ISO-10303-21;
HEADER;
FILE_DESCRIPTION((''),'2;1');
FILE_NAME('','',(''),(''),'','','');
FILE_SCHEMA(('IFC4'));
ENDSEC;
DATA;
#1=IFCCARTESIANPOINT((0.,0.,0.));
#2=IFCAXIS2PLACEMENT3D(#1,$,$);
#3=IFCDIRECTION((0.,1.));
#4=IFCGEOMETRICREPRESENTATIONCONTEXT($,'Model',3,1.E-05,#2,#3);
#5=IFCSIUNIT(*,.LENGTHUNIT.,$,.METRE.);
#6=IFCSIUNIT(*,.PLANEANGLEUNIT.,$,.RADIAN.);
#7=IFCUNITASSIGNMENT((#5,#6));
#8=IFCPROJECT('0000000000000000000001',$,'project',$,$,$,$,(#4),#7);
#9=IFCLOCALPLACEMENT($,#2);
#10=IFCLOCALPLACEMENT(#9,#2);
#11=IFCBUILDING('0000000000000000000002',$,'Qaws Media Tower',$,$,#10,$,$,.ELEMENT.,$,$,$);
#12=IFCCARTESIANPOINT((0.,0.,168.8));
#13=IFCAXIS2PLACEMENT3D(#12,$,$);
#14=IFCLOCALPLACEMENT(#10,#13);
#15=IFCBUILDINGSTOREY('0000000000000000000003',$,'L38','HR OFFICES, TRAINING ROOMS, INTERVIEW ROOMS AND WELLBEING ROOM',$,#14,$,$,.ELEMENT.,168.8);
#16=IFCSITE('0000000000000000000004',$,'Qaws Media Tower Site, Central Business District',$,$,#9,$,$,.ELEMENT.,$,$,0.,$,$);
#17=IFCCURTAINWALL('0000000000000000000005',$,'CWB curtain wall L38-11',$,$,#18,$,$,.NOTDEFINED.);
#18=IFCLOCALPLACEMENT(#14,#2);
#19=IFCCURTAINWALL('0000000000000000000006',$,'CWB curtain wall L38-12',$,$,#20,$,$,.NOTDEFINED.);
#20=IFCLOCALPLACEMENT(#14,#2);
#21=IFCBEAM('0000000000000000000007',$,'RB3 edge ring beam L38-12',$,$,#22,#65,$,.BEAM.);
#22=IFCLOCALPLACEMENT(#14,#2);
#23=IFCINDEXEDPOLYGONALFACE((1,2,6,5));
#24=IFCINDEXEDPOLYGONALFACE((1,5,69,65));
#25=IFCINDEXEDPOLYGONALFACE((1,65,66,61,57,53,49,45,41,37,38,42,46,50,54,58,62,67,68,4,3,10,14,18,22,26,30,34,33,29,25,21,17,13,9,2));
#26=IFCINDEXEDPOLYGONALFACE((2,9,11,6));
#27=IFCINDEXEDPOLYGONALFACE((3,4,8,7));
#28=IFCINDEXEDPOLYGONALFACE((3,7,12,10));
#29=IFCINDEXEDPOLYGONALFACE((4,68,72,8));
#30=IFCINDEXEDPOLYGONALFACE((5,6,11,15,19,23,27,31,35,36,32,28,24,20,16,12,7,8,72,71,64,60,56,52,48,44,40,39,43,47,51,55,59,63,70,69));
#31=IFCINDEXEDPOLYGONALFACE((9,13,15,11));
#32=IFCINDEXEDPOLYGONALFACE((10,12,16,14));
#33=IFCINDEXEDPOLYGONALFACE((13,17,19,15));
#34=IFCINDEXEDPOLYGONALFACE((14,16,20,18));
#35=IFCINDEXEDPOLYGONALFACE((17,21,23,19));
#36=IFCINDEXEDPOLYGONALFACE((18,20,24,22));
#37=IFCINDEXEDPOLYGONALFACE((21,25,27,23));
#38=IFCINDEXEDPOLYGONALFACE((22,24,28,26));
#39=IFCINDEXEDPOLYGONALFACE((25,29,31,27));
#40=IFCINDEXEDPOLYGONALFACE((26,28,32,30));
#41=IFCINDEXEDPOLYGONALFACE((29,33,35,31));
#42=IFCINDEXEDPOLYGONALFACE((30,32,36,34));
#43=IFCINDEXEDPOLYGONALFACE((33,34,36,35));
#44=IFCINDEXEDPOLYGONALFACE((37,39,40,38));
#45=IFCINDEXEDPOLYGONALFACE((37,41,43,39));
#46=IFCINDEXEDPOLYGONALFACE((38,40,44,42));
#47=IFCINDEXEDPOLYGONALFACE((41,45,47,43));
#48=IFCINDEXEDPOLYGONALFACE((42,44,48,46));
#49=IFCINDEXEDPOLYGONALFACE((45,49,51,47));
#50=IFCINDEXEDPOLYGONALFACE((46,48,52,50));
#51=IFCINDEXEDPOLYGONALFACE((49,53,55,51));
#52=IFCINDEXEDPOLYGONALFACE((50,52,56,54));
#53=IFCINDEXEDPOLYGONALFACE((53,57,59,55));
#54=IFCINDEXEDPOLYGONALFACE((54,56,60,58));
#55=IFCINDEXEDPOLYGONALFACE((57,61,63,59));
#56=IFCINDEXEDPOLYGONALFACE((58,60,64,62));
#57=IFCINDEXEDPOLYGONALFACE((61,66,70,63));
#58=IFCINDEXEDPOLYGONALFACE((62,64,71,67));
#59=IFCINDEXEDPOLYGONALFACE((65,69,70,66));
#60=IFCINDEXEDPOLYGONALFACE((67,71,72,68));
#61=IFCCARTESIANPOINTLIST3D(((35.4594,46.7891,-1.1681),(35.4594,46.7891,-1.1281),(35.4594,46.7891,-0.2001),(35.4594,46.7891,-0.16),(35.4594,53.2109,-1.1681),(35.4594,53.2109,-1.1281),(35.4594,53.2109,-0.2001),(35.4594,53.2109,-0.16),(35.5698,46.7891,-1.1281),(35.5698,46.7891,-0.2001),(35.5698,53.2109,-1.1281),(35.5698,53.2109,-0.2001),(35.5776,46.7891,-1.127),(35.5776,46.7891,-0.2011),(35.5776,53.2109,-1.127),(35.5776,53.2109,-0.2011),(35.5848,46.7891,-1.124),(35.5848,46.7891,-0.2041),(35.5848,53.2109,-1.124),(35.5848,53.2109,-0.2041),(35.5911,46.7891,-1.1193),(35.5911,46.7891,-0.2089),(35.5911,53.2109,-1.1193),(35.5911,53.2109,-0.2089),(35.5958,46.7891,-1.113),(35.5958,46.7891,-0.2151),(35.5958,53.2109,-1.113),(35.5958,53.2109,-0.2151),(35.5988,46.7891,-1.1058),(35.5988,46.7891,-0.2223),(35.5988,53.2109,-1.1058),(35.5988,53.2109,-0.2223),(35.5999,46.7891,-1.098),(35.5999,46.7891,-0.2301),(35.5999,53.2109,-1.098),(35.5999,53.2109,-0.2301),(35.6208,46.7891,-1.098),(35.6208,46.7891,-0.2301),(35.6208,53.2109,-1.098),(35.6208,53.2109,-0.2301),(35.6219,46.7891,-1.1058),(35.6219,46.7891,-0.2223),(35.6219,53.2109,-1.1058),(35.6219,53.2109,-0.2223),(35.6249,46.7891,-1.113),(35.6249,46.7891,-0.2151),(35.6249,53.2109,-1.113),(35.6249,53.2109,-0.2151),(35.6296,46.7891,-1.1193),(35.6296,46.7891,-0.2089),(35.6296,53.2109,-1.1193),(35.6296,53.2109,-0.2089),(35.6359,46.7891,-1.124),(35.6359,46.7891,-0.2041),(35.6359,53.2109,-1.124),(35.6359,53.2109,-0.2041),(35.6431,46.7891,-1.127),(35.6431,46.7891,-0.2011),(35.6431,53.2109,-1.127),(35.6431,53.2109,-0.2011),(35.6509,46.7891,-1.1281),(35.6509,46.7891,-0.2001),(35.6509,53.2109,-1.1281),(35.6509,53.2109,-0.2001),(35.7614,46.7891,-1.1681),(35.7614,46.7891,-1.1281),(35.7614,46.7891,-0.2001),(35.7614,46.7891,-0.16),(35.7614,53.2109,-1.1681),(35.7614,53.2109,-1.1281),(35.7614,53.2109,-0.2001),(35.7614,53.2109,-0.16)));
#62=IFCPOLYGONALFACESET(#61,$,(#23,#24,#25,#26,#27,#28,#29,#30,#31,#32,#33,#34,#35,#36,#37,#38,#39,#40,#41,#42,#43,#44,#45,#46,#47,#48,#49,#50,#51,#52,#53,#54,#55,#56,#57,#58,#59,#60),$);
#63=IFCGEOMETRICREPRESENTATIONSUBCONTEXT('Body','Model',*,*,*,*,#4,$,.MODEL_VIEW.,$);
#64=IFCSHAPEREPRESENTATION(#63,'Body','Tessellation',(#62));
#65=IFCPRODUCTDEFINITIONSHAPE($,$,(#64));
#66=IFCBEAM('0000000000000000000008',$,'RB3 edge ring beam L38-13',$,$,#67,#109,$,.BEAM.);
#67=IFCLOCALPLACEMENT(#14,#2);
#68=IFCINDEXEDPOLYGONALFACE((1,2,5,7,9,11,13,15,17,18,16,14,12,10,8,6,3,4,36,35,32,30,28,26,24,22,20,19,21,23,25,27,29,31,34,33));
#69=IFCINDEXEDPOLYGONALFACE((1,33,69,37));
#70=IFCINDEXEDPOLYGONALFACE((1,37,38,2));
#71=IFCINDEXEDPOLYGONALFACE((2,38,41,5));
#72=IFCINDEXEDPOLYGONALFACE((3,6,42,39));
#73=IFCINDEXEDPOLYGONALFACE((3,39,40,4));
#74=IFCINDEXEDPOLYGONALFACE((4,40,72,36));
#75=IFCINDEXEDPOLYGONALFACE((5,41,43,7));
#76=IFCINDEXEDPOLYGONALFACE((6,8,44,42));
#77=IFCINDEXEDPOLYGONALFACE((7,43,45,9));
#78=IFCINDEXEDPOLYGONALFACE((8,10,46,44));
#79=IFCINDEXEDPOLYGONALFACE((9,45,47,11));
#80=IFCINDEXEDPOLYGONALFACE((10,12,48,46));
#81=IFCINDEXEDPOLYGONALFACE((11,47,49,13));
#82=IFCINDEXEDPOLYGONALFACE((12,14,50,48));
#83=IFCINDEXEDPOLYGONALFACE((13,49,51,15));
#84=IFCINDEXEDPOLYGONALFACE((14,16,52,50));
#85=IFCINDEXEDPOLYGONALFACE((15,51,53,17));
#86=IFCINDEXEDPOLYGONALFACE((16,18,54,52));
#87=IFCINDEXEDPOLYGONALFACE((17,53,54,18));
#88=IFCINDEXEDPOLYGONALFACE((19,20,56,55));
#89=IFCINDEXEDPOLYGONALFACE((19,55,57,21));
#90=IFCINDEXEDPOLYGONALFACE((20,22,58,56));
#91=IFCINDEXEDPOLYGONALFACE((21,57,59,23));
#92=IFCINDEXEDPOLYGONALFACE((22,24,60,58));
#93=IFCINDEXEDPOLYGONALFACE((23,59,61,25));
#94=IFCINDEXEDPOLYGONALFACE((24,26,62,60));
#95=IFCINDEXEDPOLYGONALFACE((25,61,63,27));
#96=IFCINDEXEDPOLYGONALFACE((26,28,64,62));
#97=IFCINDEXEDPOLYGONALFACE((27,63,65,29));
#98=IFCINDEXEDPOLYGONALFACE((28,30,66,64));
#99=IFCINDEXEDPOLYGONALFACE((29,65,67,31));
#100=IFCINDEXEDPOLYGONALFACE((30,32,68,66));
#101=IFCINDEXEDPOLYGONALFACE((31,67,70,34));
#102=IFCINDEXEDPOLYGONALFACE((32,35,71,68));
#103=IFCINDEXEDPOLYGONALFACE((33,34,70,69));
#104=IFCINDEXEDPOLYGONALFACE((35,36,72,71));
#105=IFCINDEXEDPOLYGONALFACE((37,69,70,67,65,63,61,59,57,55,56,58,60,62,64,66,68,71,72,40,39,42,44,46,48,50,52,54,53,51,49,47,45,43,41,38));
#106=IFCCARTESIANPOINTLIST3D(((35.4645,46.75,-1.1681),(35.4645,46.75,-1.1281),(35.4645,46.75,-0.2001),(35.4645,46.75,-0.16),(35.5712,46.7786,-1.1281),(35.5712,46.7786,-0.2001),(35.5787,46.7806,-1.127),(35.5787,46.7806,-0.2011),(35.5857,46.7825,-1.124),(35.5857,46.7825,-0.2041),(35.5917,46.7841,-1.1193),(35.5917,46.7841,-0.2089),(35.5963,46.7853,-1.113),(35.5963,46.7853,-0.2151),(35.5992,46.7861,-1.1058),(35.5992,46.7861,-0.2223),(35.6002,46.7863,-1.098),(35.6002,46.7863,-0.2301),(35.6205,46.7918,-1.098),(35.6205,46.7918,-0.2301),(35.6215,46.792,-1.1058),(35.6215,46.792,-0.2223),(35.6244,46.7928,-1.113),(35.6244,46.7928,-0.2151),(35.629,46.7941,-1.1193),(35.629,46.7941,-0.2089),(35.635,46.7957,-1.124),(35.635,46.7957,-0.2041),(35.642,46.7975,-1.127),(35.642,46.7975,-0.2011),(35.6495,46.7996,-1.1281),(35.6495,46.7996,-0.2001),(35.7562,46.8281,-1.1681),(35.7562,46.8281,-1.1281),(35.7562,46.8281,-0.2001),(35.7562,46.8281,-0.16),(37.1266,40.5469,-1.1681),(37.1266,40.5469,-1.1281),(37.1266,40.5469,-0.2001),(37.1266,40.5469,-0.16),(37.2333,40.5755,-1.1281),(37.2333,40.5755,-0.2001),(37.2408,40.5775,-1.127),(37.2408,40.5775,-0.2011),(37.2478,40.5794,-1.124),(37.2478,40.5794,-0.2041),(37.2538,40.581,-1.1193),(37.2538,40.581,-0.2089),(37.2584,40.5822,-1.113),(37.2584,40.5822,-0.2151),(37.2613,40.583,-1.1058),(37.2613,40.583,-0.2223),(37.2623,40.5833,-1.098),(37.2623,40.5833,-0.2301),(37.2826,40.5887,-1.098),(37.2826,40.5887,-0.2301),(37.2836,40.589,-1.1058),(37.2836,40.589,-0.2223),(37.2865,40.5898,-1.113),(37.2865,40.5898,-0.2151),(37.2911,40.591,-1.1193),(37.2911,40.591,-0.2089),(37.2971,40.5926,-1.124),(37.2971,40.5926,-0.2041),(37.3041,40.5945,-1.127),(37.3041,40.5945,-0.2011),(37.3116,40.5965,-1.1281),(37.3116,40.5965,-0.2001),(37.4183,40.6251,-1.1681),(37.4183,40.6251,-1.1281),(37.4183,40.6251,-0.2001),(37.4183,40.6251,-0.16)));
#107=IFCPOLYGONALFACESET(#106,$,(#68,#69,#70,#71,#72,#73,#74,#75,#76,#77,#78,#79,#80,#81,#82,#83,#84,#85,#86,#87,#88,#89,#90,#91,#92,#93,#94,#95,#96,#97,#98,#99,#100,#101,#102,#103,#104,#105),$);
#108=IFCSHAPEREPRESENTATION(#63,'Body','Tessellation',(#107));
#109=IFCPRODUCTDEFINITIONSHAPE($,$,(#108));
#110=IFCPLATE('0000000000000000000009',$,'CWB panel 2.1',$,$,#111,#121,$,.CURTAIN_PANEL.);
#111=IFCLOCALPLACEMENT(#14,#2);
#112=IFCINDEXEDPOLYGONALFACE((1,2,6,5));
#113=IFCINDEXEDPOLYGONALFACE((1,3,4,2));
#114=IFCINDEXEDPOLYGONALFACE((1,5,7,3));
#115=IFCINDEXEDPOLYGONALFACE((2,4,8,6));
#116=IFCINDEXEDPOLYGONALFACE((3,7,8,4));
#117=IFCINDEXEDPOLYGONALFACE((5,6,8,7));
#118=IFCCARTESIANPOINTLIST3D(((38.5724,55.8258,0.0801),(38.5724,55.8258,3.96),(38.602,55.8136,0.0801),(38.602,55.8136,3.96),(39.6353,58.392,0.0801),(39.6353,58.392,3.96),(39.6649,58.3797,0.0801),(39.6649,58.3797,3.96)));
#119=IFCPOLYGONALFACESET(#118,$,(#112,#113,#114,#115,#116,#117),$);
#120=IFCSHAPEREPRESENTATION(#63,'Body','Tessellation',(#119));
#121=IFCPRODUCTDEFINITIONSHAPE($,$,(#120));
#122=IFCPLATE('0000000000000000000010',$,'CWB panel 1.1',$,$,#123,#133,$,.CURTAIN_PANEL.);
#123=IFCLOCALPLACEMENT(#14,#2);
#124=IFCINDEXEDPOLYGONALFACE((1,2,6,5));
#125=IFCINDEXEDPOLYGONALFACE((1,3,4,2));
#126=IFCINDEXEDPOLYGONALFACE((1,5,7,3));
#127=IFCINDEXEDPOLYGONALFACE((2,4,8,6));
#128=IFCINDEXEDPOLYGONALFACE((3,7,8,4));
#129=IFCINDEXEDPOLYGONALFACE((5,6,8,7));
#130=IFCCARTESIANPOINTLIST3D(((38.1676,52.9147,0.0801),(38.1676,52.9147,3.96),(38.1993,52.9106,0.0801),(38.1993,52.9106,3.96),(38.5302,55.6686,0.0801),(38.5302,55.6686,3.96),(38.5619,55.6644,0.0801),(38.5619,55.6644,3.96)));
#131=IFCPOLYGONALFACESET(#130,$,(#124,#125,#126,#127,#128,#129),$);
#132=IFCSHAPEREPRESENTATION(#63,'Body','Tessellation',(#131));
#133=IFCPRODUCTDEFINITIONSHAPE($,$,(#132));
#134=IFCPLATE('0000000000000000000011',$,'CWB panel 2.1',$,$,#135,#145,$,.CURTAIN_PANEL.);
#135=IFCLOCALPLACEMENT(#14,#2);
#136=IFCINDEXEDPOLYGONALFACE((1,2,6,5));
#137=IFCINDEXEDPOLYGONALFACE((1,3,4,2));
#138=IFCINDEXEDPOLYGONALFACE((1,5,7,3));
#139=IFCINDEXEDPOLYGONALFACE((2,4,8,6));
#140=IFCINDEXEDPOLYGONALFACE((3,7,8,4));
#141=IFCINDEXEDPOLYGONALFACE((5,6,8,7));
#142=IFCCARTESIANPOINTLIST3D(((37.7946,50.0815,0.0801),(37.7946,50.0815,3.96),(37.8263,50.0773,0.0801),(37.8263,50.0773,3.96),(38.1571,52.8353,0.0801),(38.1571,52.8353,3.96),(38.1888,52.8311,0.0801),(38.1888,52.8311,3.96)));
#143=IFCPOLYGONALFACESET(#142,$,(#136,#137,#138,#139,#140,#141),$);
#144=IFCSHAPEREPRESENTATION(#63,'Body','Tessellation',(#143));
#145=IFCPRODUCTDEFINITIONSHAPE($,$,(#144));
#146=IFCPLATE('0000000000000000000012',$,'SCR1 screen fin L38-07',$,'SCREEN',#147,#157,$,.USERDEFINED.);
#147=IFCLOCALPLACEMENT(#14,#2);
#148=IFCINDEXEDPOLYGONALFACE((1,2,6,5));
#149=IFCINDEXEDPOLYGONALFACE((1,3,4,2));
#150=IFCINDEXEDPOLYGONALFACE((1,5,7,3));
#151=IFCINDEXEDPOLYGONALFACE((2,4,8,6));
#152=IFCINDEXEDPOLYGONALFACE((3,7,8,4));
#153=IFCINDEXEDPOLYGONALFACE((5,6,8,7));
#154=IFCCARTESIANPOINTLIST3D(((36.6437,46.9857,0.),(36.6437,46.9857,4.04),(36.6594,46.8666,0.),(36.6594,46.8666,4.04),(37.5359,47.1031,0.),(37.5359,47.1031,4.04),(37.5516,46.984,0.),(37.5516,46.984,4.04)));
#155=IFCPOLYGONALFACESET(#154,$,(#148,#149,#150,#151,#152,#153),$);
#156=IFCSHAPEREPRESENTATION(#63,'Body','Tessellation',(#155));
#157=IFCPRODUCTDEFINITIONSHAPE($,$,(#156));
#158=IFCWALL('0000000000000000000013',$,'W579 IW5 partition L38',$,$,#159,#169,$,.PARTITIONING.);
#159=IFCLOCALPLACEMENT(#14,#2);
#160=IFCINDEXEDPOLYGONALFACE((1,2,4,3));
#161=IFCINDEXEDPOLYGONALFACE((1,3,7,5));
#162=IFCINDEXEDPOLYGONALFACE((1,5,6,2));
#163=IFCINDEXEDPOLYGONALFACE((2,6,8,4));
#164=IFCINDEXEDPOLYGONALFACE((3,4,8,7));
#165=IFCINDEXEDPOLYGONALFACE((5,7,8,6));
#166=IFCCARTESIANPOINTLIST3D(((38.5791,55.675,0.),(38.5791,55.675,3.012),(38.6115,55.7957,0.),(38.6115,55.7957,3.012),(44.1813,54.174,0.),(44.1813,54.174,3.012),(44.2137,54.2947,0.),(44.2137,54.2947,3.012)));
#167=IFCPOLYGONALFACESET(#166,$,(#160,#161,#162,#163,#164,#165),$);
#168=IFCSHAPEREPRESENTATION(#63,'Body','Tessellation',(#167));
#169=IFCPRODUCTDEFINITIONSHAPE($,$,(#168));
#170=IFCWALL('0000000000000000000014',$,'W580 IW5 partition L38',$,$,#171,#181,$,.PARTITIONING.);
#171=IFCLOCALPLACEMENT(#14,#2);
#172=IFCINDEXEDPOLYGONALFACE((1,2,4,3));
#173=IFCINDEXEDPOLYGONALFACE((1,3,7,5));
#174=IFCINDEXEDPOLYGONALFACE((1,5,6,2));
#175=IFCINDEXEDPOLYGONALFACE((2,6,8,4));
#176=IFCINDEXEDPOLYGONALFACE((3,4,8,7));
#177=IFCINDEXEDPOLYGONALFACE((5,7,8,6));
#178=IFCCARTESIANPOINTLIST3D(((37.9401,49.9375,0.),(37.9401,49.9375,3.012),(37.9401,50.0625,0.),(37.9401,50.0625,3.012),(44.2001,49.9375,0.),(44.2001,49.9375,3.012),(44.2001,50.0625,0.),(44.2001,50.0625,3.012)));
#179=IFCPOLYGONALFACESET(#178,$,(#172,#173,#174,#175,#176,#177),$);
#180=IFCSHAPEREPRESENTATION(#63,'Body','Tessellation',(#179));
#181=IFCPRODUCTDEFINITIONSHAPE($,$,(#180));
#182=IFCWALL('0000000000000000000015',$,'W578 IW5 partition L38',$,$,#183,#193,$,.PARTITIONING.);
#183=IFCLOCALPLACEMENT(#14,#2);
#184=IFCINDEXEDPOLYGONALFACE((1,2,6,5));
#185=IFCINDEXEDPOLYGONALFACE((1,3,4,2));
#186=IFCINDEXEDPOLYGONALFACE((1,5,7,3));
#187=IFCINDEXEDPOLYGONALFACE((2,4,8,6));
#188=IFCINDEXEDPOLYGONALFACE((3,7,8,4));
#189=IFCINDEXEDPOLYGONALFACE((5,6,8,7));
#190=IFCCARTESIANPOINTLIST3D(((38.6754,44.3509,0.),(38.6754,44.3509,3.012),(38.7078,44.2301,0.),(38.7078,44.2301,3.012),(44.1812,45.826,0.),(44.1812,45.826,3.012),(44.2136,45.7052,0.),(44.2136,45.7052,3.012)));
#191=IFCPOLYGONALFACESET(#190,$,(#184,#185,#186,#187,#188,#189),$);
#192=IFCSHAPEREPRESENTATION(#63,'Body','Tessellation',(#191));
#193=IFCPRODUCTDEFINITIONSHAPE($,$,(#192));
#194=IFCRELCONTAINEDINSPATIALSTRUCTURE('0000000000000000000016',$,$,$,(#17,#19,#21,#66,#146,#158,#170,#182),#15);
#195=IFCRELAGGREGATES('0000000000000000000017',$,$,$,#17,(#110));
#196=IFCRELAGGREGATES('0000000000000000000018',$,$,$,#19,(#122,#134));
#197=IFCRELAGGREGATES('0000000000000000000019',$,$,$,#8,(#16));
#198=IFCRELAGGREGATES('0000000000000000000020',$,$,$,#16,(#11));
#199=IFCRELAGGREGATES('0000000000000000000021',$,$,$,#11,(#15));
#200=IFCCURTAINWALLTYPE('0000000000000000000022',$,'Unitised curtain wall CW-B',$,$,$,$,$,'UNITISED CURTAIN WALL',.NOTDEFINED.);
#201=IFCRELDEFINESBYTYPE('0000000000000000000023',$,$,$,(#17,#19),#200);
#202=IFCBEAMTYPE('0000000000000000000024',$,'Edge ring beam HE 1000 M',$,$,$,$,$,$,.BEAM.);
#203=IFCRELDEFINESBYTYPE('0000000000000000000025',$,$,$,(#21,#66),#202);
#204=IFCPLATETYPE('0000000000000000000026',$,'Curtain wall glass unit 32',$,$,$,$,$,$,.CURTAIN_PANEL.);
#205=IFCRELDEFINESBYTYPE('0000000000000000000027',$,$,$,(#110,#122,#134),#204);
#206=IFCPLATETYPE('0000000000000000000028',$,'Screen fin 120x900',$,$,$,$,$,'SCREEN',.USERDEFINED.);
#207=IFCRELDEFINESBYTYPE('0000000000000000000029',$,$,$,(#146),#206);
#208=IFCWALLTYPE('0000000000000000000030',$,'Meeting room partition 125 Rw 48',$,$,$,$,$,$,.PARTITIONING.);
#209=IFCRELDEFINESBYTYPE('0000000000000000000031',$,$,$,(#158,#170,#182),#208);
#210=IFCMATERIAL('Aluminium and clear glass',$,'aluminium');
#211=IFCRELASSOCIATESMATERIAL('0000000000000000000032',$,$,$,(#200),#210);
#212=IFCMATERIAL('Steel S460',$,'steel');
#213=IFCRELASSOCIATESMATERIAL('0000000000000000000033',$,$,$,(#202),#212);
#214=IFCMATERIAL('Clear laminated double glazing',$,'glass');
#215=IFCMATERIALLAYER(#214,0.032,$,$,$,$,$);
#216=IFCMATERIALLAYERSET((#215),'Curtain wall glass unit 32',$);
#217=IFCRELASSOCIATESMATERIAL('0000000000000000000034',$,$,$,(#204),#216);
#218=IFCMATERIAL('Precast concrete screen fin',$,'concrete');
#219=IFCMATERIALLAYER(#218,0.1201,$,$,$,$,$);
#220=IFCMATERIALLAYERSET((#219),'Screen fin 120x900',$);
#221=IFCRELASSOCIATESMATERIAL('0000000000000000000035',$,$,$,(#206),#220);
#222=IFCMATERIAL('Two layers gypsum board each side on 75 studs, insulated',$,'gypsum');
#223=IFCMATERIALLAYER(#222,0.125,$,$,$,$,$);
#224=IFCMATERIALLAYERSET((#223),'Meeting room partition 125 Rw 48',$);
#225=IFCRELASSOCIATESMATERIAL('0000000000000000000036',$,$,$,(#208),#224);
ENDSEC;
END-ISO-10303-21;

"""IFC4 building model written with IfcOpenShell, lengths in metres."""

from ifc_helpers import new_model, si_unit, direction, frame, frame_2d, origin, origin_2d, place, context, subcontext, project, spatial, rectangle, i_section, extrude, material, layer, layer_set, material_profile, profile_set, type_object, element, aggregate, save


model = new_model("IFC4")

# Units and contexts
model_context = context("Model", 3, precision=1e-05, world=origin(), true_north=direction((0.0, 1.0)))
body_context = subcontext(model_context, "Body", "Model", "MODEL_VIEW")
ifc_project = project(units=[si_unit("LENGTHUNIT", "METRE"), si_unit("PLANEANGLEUNIT", "RADIAN")], contexts=[model_context])

# Site, building, storey
site_placement = place(None, origin())
site = spatial("IfcSite", under=ifc_project, at=site_placement, Name="Qaws Media Tower Site, Central Business District", CompositionType="ELEMENT", RefElevation=0.0)
building_placement = place(site_placement, origin())
building = spatial("IfcBuilding", under=site, at=building_placement, Name="Qaws Media Tower", CompositionType="ELEMENT")
storey_placement = place(building_placement, frame((0.0, 0.0, 168.8)))
storey = spatial("IfcBuildingStorey", under=building, at=storey_placement, Name="L38", Description="HR OFFICES, TRAINING ROOMS, INTERVIEW ROOMS AND WELLBEING ROOM", CompositionType="ELEMENT", Elevation=168.8)

# Curtain wall
ifc_material_1 = material(Name="Aluminium and clear glass", Category="aluminium")
curtain_wall_type = type_object("IfcCurtainWallType", Name="Unitised curtain wall CW-B", ElementType="UNITISED CURTAIN WALL", PredefinedType="NOTDEFINED", material=ifc_material_1)
curtain_wall_1_placement = place(storey_placement, origin())
curtain_wall_1 = element("IfcCurtainWall", 1, at=curtain_wall_1_placement, inside=storey, type_object=curtain_wall_type, Name="CWB curtain wall L38-11", PredefinedType="NOTDEFINED")

# Curtain wall
curtain_wall_2_placement = place(storey_placement, origin())
curtain_wall_2 = element("IfcCurtainWall", 2, at=curtain_wall_2_placement, inside=storey, type_object=curtain_wall_type, Name="CWB curtain wall L38-12", PredefinedType="NOTDEFINED")

# Beams
ifc_material_2 = material(Name="Steel S460", Category="steel")
ifc_material_profile_1 = material_profile(ifc_material_2, i_section(OverallWidth=0.302, OverallDepth=1.0081, WebThickness=0.021, FlangeThickness=0.04, FilletRadius=0.03, at=origin_2d()), Name="HE 1000 M")
ifc_profile_set_1 = profile_set([ifc_material_profile_1], Name="Steel S460")
beam_type = type_object("IfcBeamType", Name="Edge ring beam HE 1000 M", PredefinedType="BEAM", material=ifc_profile_set_1)
for number, where, z_axis, x_axis, name in (
    (3, (35.6104, 53.2109, -0.6641), (0.0, -1.0, 0.0), (1.0, 0.0, 0.0), "RB3 edge ring beam L38-12"),
    (4, (35.6104, 46.7891, -0.6641), (0.258817, -0.965926, 0.0), (0.965926, 0.258817, 0.0), "RB3 edge ring beam L38-13"),
):
    element("IfcBeam", number, at=place(storey_placement, frame(where, z_axis=z_axis, x_axis=x_axis)), inside=storey, type_object=beam_type, Name=name, PredefinedType="BEAM", context=body_context, shape_type="SweptSolid", body=[
        extrude(i_section(OverallWidth=0.302, OverallDepth=1.0081, WebThickness=0.021, FlangeThickness=0.04, FilletRadius=0.03, at=origin_2d()), origin(), (0.0, 0.0, 1.0), 6.4219),
    ])

# Plates
ifc_material_3 = material(Name="Clear laminated double glazing", Category="glass")
ifc_layer_1 = layer(ifc_material_3, 0.032)
ifc_layer_set_1 = layer_set([ifc_layer_1], Name="Curtain wall glass unit 32")
plate_type_1 = type_object("IfcPlateType", Name="Curtain wall glass unit 32", PredefinedType="CURTAIN_PANEL", material=ifc_layer_set_1)
plate_1_placement = place(storey_placement, frame((39.1187, 57.1028, 0.0801), z_axis=(0.0, 0.0, 1.0), x_axis=(-0.382683, -0.92388, 0.0)))
plate_1 = element("IfcPlate", 5, at=plate_1_placement, type_object=plate_type_1, Name="CWB panel 2.1", PredefinedType="CURTAIN_PANEL", context=body_context, shape_type="SweptSolid", body=[
    extrude(rectangle(XDim=2.7776, YDim=0.032, at=origin_2d()), origin(), (0.0, 0.0, 1.0), 3.8799),
])
aggregate(curtain_wall_1, [plate_1])
plate_2_placement = place(storey_placement, frame((38.3647, 54.2896, 0.0801), z_axis=(0.0, 0.0, 1.0), x_axis=(-0.130526, -0.991445, 0.0)))
plate_2 = element("IfcPlate", 6, at=plate_2_placement, type_object=plate_type_1, Name="CWB panel 1.1", PredefinedType="CURTAIN_PANEL", context=body_context, shape_type="SweptSolid", body=[
    extrude(rectangle(XDim=2.7776, YDim=0.032, at=origin_2d()), origin(), (0.0, 0.0, 1.0), 3.8799),
])
plate_3_placement = place(storey_placement, frame((37.9917, 51.4563, 0.0801), z_axis=(0.0, 0.0, 1.0), x_axis=(-0.130526, -0.991445, 0.0)))
plate_3 = element("IfcPlate", 7, at=plate_3_placement, type_object=plate_type_1, Name="CWB panel 2.1", PredefinedType="CURTAIN_PANEL", context=body_context, shape_type="SweptSolid", body=[
    extrude(rectangle(XDim=2.7776, YDim=0.032, at=origin_2d()), origin(), (0.0, 0.0, 1.0), 3.8799),
])
aggregate(curtain_wall_2, [plate_2, plate_3])
ifc_material_4 = material(Name="Precast concrete screen fin", Category="concrete")
ifc_layer_2 = layer(ifc_material_4, 0.1201)
ifc_layer_set_2 = layer_set([ifc_layer_2], Name="Screen fin 120x900")
plate_type_2 = type_object("IfcPlateType", Name="Screen fin 120x900", ElementType="SCREEN", PredefinedType="USERDEFINED", material=ifc_layer_set_2)
plate_4_placement = place(storey_placement, frame((37.0977, 46.9849, 0.0), z_axis=(0.0, 0.0, 1.0), x_axis=(-0.991445, -0.130526, 0.0)))
element("IfcPlate", 8, at=plate_4_placement, inside=storey, type_object=plate_type_2, Name="SCR1 screen fin L38-07", ObjectType="SCREEN", PredefinedType="USERDEFINED", context=body_context, shape_type="SweptSolid", body=[
    extrude(rectangle(XDim=0.8999, YDim=0.1201, at=origin_2d()), origin(), (0.0, 0.0, 1.0), 4.04),
])

# Walls
ifc_material_5 = material(Name="Two layers gypsum board each side on 75 studs, insulated", Category="gypsum")
ifc_layer_3 = layer(ifc_material_5, 0.125)
ifc_layer_set_3 = layer_set([ifc_layer_3], Name="Meeting room partition 125 Rw 48")
wall_type_1 = type_object("IfcWallType", Name="Meeting room partition 125 Rw 48", PredefinedType="PARTITIONING", material=ifc_layer_set_3)
wall_1_placement = place(storey_placement, frame((44.1975, 54.2344, 0.0), z_axis=(0.0, 0.0, 1.0), x_axis=(-0.965932, 0.258794, 0.0)))
element("IfcWall", 9, at=wall_1_placement, inside=storey, type_object=wall_type_1, Name="W579 IW5 partition L38", PredefinedType="PARTITIONING", context=body_context, shape_type="SweptSolid", body=[
    extrude(rectangle(XDim=5.7998, YDim=0.125, at=frame_2d((2.8999, 0.0))), origin(), (0.0, 0.0, 1.0), 3.012),
])
wall_2_placement = place(storey_placement, frame((44.2, 50.0, 0.0), z_axis=(0.0, 0.0, 1.0), x_axis=(-1.0, 0.0, 0.0)))
element("IfcWall", 10, at=wall_2_placement, inside=storey, type_object=wall_type_1, Name="W580 IW5 partition L38", PredefinedType="PARTITIONING", context=body_context, shape_type="SweptSolid", body=[
    extrude(rectangle(XDim=6.26, YDim=0.125, at=frame_2d((3.1299, 0.0))), origin(), (0.0, 0.0, 1.0), 3.012),
])
wall_3_placement = place(storey_placement, frame((44.1975, 45.7656, 0.0), z_axis=(0.0, 0.0, 1.0), x_axis=(-0.965934, -0.258787, 0.0)))
element("IfcWall", 11, at=wall_3_placement, inside=storey, type_object=wall_type_1, Name="W578 IW5 partition L38", PredefinedType="PARTITIONING", context=body_context, shape_type="SweptSolid", body=[
    extrude(rectangle(XDim=5.7, YDim=0.125, at=frame_2d((2.8501, 0.0))), origin(), (0.0, 0.0, 1.0), 3.012),
])

save(model, "model.ifc")
